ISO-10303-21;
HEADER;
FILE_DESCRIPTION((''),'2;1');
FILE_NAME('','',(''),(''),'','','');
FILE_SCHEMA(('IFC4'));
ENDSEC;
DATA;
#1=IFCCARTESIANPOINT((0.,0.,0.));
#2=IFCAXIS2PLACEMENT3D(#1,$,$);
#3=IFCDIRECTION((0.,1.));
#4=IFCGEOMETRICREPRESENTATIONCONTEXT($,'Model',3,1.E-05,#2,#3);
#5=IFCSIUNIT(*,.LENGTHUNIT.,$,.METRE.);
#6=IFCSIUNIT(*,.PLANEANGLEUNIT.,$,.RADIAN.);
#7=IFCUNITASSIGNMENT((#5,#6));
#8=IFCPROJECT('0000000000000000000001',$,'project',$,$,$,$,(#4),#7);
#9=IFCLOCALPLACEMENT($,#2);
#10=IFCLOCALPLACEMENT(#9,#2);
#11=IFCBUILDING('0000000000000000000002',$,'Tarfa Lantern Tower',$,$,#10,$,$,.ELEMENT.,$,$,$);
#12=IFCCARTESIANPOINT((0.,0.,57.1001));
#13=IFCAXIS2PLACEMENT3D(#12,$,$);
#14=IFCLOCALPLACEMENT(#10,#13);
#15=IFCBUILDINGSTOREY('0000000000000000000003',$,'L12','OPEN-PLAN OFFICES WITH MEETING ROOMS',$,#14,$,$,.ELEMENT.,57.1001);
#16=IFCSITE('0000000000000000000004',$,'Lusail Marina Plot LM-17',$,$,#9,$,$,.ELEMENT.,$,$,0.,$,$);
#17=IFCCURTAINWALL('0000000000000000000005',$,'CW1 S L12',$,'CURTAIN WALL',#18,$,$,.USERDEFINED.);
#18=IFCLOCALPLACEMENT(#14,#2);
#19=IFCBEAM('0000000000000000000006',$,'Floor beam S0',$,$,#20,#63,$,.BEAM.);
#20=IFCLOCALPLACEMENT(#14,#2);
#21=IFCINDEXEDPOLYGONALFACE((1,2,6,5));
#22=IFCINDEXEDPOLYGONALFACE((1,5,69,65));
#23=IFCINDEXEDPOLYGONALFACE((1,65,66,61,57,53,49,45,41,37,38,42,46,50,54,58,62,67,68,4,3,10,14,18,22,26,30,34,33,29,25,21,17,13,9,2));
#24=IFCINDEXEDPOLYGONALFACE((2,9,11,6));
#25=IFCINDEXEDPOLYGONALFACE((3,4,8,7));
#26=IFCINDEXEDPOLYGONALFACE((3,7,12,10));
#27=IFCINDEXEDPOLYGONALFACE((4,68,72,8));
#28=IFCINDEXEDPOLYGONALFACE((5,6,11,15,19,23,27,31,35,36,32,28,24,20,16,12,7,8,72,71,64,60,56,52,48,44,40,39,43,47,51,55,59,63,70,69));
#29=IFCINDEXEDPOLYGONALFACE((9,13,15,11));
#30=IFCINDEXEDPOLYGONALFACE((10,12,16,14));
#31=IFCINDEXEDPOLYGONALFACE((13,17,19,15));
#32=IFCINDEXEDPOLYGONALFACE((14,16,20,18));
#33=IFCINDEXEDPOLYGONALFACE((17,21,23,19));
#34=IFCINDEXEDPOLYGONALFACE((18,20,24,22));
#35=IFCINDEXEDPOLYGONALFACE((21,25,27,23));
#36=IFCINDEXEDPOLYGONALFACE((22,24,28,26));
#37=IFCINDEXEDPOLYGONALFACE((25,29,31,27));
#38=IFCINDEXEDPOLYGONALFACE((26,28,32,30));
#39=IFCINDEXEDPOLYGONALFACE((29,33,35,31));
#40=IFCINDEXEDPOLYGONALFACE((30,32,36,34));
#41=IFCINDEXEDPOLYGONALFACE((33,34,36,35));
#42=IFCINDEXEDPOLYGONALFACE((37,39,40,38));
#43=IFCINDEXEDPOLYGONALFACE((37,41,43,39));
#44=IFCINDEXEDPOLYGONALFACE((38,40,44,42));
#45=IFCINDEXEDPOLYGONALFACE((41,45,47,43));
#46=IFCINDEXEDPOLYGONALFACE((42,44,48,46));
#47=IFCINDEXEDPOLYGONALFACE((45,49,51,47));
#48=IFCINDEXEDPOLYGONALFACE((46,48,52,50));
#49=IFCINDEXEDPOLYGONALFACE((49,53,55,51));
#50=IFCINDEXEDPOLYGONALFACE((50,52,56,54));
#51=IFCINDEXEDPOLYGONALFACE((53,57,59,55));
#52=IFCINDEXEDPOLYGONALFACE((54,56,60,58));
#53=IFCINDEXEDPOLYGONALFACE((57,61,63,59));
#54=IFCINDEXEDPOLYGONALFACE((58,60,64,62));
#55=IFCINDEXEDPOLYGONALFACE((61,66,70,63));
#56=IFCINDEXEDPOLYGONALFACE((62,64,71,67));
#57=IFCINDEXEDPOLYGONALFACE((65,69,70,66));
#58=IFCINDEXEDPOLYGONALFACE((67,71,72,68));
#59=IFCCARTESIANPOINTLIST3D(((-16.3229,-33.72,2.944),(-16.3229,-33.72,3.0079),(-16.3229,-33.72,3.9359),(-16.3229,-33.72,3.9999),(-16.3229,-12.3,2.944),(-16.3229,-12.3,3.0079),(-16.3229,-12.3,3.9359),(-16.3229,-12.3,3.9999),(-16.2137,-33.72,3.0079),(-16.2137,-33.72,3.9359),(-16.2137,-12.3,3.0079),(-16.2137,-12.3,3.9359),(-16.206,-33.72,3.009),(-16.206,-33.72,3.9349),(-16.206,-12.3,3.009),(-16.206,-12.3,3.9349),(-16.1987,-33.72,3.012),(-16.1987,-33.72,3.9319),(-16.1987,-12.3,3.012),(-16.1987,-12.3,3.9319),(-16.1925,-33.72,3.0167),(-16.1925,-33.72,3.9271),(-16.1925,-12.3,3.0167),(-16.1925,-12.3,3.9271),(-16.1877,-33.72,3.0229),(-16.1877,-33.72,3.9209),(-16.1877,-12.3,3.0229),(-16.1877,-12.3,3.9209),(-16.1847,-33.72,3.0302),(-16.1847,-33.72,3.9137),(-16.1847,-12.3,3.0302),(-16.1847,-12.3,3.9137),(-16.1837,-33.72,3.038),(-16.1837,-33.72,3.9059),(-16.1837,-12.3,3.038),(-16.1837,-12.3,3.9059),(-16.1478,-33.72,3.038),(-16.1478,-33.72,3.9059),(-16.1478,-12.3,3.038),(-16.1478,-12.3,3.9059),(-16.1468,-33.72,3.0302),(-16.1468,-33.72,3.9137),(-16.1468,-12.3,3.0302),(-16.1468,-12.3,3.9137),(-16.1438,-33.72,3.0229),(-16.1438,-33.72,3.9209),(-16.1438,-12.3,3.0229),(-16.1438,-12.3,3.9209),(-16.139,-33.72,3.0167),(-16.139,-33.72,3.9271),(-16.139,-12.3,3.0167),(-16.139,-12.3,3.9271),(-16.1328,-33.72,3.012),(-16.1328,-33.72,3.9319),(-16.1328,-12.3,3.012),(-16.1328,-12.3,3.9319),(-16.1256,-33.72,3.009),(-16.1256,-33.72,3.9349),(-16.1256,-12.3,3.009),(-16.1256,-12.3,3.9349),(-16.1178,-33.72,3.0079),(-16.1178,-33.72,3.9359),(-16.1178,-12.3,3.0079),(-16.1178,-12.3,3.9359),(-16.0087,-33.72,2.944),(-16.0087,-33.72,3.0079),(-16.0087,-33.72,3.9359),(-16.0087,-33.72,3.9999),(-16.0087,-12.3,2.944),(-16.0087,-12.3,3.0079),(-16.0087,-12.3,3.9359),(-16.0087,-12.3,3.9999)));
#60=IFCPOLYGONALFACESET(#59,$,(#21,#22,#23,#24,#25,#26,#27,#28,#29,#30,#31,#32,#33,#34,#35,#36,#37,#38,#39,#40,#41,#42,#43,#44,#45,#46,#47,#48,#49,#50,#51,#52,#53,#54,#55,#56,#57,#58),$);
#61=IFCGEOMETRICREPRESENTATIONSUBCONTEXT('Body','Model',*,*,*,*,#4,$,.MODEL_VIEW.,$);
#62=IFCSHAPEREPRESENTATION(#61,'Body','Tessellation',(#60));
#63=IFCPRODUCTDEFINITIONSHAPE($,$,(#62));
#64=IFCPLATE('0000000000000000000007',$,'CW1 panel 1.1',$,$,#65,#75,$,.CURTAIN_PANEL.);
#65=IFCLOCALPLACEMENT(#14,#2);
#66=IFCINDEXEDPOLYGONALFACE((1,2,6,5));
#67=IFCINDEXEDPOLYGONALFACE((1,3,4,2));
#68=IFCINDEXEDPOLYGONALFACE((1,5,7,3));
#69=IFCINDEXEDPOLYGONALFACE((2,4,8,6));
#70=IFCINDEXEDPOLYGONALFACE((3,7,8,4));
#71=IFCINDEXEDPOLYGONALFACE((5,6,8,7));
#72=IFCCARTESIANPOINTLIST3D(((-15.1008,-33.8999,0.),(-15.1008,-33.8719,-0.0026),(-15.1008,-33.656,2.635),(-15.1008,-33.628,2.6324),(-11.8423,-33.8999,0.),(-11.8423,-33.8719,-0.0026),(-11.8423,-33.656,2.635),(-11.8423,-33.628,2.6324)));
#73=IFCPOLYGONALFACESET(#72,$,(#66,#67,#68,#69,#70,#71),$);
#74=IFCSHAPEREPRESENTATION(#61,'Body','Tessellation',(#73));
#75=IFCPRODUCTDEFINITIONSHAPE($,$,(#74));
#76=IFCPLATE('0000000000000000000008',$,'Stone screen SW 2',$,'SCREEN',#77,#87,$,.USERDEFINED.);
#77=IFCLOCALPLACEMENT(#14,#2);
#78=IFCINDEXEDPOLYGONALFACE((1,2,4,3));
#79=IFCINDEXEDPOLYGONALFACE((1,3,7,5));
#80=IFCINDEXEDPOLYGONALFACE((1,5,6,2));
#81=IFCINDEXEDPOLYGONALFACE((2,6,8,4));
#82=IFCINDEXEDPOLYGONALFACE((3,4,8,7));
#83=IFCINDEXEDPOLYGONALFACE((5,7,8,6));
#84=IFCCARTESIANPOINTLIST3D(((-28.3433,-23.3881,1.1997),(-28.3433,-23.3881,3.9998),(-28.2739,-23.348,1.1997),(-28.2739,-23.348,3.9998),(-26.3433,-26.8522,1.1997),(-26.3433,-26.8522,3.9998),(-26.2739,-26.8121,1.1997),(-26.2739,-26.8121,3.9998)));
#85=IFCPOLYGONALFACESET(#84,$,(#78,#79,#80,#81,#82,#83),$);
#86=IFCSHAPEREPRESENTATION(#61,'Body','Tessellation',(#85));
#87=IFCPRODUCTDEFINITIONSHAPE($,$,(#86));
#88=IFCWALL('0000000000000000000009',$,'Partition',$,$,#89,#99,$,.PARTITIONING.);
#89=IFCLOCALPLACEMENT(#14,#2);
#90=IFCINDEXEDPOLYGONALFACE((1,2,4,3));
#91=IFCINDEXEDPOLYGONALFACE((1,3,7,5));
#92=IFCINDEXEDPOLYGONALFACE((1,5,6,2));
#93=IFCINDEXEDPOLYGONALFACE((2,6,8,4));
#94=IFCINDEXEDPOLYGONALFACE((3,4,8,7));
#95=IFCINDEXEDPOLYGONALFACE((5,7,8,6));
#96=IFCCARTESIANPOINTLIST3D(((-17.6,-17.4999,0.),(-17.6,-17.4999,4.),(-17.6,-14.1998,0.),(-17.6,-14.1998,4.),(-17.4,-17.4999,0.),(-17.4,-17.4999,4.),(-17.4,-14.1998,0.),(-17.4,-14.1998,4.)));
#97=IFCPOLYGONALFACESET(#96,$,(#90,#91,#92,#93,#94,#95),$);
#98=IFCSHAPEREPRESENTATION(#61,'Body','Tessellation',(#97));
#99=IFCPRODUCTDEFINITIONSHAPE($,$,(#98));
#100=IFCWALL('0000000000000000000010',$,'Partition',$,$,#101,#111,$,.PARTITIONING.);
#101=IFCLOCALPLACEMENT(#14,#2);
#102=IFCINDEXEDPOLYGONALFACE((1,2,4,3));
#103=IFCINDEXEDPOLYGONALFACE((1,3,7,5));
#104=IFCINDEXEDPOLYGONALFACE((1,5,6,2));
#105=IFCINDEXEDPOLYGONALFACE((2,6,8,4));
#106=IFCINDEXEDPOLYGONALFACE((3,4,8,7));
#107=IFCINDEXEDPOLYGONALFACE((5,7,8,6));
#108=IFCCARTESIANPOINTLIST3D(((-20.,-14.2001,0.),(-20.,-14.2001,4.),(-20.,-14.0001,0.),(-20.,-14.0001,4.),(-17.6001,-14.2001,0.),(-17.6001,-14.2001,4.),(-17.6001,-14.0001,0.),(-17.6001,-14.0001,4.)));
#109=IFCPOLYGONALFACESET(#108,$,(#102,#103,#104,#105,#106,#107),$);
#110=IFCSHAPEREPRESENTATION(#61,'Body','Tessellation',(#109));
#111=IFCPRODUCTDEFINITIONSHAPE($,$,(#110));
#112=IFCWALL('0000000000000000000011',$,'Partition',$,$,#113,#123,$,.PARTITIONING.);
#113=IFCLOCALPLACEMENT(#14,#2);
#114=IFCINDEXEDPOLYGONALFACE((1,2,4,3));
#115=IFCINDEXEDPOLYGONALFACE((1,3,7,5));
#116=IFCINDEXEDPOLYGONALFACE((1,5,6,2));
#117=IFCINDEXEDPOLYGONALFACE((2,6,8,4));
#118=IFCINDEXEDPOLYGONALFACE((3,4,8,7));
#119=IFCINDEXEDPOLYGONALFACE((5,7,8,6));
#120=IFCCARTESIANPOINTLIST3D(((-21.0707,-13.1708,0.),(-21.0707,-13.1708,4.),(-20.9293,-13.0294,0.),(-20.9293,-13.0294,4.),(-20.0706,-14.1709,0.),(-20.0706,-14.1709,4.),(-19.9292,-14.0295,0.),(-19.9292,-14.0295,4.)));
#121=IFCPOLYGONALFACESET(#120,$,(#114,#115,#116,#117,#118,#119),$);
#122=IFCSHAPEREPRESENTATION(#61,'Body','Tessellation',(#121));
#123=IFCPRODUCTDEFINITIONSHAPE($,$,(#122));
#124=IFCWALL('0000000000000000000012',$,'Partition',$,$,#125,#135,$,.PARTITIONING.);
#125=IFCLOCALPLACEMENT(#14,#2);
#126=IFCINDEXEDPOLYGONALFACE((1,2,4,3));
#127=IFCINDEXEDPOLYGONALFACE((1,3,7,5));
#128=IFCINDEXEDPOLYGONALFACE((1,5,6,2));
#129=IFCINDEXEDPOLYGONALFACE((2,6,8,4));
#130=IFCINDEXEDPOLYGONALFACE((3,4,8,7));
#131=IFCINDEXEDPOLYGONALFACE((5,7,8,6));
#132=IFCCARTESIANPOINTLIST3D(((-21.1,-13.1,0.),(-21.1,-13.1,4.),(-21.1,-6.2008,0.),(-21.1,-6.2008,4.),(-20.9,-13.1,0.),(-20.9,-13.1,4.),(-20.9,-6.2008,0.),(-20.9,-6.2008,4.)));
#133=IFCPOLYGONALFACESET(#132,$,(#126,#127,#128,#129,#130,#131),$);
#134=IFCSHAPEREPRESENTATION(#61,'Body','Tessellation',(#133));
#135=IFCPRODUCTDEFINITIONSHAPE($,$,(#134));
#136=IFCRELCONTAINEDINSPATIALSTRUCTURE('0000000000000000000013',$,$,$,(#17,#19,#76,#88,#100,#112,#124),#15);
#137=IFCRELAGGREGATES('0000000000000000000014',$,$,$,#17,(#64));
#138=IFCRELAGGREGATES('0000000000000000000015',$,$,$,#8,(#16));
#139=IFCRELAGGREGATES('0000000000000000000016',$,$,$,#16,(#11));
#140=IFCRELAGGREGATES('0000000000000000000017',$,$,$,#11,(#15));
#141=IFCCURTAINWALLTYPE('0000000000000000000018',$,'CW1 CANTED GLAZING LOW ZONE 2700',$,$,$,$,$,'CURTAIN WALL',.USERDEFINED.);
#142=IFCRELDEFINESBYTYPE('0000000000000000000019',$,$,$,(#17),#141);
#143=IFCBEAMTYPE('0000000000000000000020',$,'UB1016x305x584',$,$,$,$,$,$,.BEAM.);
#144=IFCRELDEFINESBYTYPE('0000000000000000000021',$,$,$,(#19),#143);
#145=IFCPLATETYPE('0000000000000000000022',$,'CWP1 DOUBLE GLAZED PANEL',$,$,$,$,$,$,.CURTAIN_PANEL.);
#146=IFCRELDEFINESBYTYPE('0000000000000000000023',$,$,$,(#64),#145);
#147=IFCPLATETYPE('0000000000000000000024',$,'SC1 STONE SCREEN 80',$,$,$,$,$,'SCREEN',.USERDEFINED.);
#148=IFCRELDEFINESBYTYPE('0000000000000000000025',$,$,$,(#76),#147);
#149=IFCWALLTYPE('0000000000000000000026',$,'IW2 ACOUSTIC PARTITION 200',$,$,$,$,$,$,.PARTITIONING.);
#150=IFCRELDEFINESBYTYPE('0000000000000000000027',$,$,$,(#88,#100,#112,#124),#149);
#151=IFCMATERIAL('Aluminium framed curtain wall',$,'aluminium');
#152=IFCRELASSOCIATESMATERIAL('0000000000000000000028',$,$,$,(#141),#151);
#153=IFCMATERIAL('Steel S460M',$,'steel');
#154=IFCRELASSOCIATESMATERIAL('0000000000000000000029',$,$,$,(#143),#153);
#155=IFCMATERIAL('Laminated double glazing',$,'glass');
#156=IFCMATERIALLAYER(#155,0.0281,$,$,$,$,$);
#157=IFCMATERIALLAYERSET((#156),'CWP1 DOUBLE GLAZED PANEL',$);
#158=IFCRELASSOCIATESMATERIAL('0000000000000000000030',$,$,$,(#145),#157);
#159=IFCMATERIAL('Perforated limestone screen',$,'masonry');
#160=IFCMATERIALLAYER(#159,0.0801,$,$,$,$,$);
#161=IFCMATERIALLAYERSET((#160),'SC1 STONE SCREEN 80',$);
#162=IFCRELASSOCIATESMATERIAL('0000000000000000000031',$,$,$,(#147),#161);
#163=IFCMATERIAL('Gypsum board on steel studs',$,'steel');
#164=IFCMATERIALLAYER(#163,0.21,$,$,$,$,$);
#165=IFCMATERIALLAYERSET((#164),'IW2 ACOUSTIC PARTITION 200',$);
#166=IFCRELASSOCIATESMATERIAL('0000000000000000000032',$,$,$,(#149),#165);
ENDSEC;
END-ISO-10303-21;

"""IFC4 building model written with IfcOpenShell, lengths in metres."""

from ifc_helpers import new_model, si_unit, direction, frame, frame_2d, origin, origin_2d, place, context, subcontext, project, spatial, polyline, rectangle, i_section, outline, extrude, material, layer, layer_set, material_profile, profile_set, type_object, element, aggregate, save


model = new_model("IFC4")

# Units and contexts
model_context = context("Model", 3, precision=1e-05, world=origin(), true_north=direction((0.0, 1.0)))
body_context = subcontext(model_context, "Body", "Model", "MODEL_VIEW")
ifc_project = project(units=[si_unit("LENGTHUNIT", "METRE"), si_unit("PLANEANGLEUNIT", "RADIAN")], contexts=[model_context])

# Site, building, storey
site_placement = place(None, origin())
site = spatial("IfcSite", under=ifc_project, at=site_placement, Name="Lusail Marina Plot LM-17", CompositionType="ELEMENT", RefElevation=0.0)
building_placement = place(site_placement, origin())
building = spatial("IfcBuilding", under=site, at=building_placement, Name="Tarfa Lantern Tower", CompositionType="ELEMENT")
storey_placement = place(building_placement, frame((0.0, 0.0, 57.1001)))
storey = spatial("IfcBuildingStorey", under=building, at=storey_placement, Name="L12", Description="OPEN-PLAN OFFICES WITH MEETING ROOMS", CompositionType="ELEMENT", Elevation=57.1001)

# Curtain wall
ifc_material_1 = material(Name="Aluminium framed curtain wall", Category="aluminium")
curtain_wall_type = type_object("IfcCurtainWallType", Name="CW1 CANTED GLAZING LOW ZONE 2700", ElementType="CURTAIN WALL", PredefinedType="USERDEFINED", material=ifc_material_1)
curtain_wall_placement = place(storey_placement, origin())
curtain_wall = element("IfcCurtainWall", 1, at=curtain_wall_placement, inside=storey, type_object=curtain_wall_type, Name="CW1 S L12", ObjectType="CURTAIN WALL", PredefinedType="USERDEFINED")

# Beam
ifc_material_2 = material(Name="Steel S460M", Category="steel")
ifc_material_profile_1 = material_profile(ifc_material_2, i_section(OverallWidth=0.3142, OverallDepth=1.0559, WebThickness=0.0359, FlangeThickness=0.064, FilletRadius=0.03, at=origin_2d()), Name="UB1016x305x584")
ifc_profile_set_1 = profile_set([ifc_material_profile_1], Name="Steel S460M")
beam_type_1 = type_object("IfcBeamType", Name="UB1016x305x584", PredefinedType="BEAM", material=ifc_profile_set_1)
beam_1_placement = place(storey_placement, frame((-16.1658, -33.72, 3.4719), z_axis=(0.0, 1.0, 0.0), x_axis=(-1.0, 0.0, 0.0)))
element("IfcBeam", 2, at=beam_1_placement, inside=storey, type_object=beam_type_1, Name="Floor beam S0", PredefinedType="BEAM", context=body_context, shape_type="SweptSolid", body=[
    extrude(i_section(OverallWidth=0.3142, OverallDepth=1.0559, WebThickness=0.0359, FlangeThickness=0.064, FilletRadius=0.03, at=origin_2d()), origin(), (0.0, 0.0, 1.0), 21.4199),
])

# Plates
ifc_material_3 = material(Name="Laminated double glazing", Category="glass")
ifc_layer_1 = layer(ifc_material_3, 0.0281)
ifc_layer_set_1 = layer_set([ifc_layer_1], Name="CWP1 DOUBLE GLAZED PANEL")
plate_type_1 = type_object("IfcPlateType", Name="CWP1 DOUBLE GLAZED PANEL", PredefinedType="CURTAIN_PANEL", material=ifc_layer_set_1)
plate_1_placement = place(storey_placement, frame((-15.1008, -33.8999, 0.0), z_axis=(0.0, -0.995744, 0.092166), x_axis=(1.0, 0.0, 0.0)))
plate_1 = element("IfcPlate", 3, at=plate_1_placement, type_object=plate_type_1, Name="CW1 panel 1.1", PredefinedType="CURTAIN_PANEL", context=body_context, shape_type="SweptSolid", body=[
    extrude(outline(polyline([(0.0, 0.0), (3.2585, 0.0), (3.2585, 2.6463), (0.0, 2.6463), (0.0, 0.0)])), origin(), (0.0, 0.0, -1.0), 0.0281),
])
aggregate(curtain_wall, [plate_1])
ifc_material_4 = material(Name="Perforated limestone screen", Category="masonry")
ifc_layer_2 = layer(ifc_material_4, 0.0801)
ifc_layer_set_2 = layer_set([ifc_layer_2], Name="SC1 STONE SCREEN 80")
plate_type_2 = type_object("IfcPlateType", Name="SC1 STONE SCREEN 80", ElementType="SCREEN", PredefinedType="USERDEFINED", material=ifc_layer_set_2)
plate_2_placement = place(storey_placement, frame((-27.3086, -25.1001, 1.1997), z_axis=(0.0, 0.0, 1.0), x_axis=(0.5, -0.866025, 0.0)))
element("IfcPlate", 4, at=plate_2_placement, inside=storey, type_object=plate_type_2, Name="Stone screen SW 2", ObjectType="SCREEN", PredefinedType="USERDEFINED", context=body_context, shape_type="SweptSolid", body=[
    extrude(rectangle(XDim=4.0, YDim=0.0801, at=origin_2d()), origin(), (0.0, 0.0, 1.0), 2.8),
])

# Walls
ifc_material_5 = material(Name="Gypsum board on steel studs", Category="steel")
ifc_layer_3 = layer(ifc_material_5, 0.21)
ifc_layer_set_3 = layer_set([ifc_layer_3], Name="IW2 ACOUSTIC PARTITION 200")
wall_type = type_object("IfcWallType", Name="IW2 ACOUSTIC PARTITION 200", PredefinedType="PARTITIONING", material=ifc_layer_set_3)
wall_1_placement = place(storey_placement, frame((-17.5, -14.2, 0.0), z_axis=(0.0, 0.0, 1.0), x_axis=(0.0, -1.0, 0.0)))
element("IfcWall", 5, at=wall_1_placement, inside=storey, type_object=wall_type, Name="Partition", PredefinedType="PARTITIONING", context=body_context, shape_type="SweptSolid", body=[
    extrude(rectangle(XDim=3.3, YDim=0.2, at=frame_2d((1.6499, 0.0))), origin(), (0.0, 0.0, 1.0), 4.0),
])
wall_2_placement = place(storey_placement, frame((-17.6001, -14.1001, 0.0), z_axis=(0.0, 0.0, 1.0), x_axis=(-1.0, 0.0, 0.0)))
element("IfcWall", 6, at=wall_2_placement, inside=storey, type_object=wall_type, Name="Partition", PredefinedType="PARTITIONING", context=body_context, shape_type="SweptSolid", body=[
    extrude(rectangle(XDim=2.3999, YDim=0.2, at=frame_2d((1.2, 0.0))), origin(), (0.0, 0.0, 1.0), 4.0),
])
wall_3_placement = place(storey_placement, frame((-20.0, -14.1001, 0.0), z_axis=(0.0, 0.0, 1.0), x_axis=(-0.707107, 0.707107, 0.0)))
element("IfcWall", 7, at=wall_3_placement, inside=storey, type_object=wall_type, Name="Partition", PredefinedType="PARTITIONING", context=body_context, shape_type="SweptSolid", body=[
    extrude(rectangle(XDim=1.4143, YDim=0.2, at=frame_2d((0.707, 0.0))), origin(), (0.0, 0.0, 1.0), 4.0),
])
wall_4_placement = place(storey_placement, frame((-21.0, -13.1001, 0.0), z_axis=(0.0, 0.0, 1.0), x_axis=(0.0, 1.0, 0.0)))
element("IfcWall", 8, at=wall_4_placement, inside=storey, type_object=wall_type, Name="Partition", PredefinedType="PARTITIONING", context=body_context, shape_type="SweptSolid", body=[
    extrude(rectangle(XDim=6.8992, YDim=0.2, at=frame_2d((3.4497, 0.0))), origin(), (0.0, 0.0, 1.0), 4.0),
])

save(model, "model.ifc")
